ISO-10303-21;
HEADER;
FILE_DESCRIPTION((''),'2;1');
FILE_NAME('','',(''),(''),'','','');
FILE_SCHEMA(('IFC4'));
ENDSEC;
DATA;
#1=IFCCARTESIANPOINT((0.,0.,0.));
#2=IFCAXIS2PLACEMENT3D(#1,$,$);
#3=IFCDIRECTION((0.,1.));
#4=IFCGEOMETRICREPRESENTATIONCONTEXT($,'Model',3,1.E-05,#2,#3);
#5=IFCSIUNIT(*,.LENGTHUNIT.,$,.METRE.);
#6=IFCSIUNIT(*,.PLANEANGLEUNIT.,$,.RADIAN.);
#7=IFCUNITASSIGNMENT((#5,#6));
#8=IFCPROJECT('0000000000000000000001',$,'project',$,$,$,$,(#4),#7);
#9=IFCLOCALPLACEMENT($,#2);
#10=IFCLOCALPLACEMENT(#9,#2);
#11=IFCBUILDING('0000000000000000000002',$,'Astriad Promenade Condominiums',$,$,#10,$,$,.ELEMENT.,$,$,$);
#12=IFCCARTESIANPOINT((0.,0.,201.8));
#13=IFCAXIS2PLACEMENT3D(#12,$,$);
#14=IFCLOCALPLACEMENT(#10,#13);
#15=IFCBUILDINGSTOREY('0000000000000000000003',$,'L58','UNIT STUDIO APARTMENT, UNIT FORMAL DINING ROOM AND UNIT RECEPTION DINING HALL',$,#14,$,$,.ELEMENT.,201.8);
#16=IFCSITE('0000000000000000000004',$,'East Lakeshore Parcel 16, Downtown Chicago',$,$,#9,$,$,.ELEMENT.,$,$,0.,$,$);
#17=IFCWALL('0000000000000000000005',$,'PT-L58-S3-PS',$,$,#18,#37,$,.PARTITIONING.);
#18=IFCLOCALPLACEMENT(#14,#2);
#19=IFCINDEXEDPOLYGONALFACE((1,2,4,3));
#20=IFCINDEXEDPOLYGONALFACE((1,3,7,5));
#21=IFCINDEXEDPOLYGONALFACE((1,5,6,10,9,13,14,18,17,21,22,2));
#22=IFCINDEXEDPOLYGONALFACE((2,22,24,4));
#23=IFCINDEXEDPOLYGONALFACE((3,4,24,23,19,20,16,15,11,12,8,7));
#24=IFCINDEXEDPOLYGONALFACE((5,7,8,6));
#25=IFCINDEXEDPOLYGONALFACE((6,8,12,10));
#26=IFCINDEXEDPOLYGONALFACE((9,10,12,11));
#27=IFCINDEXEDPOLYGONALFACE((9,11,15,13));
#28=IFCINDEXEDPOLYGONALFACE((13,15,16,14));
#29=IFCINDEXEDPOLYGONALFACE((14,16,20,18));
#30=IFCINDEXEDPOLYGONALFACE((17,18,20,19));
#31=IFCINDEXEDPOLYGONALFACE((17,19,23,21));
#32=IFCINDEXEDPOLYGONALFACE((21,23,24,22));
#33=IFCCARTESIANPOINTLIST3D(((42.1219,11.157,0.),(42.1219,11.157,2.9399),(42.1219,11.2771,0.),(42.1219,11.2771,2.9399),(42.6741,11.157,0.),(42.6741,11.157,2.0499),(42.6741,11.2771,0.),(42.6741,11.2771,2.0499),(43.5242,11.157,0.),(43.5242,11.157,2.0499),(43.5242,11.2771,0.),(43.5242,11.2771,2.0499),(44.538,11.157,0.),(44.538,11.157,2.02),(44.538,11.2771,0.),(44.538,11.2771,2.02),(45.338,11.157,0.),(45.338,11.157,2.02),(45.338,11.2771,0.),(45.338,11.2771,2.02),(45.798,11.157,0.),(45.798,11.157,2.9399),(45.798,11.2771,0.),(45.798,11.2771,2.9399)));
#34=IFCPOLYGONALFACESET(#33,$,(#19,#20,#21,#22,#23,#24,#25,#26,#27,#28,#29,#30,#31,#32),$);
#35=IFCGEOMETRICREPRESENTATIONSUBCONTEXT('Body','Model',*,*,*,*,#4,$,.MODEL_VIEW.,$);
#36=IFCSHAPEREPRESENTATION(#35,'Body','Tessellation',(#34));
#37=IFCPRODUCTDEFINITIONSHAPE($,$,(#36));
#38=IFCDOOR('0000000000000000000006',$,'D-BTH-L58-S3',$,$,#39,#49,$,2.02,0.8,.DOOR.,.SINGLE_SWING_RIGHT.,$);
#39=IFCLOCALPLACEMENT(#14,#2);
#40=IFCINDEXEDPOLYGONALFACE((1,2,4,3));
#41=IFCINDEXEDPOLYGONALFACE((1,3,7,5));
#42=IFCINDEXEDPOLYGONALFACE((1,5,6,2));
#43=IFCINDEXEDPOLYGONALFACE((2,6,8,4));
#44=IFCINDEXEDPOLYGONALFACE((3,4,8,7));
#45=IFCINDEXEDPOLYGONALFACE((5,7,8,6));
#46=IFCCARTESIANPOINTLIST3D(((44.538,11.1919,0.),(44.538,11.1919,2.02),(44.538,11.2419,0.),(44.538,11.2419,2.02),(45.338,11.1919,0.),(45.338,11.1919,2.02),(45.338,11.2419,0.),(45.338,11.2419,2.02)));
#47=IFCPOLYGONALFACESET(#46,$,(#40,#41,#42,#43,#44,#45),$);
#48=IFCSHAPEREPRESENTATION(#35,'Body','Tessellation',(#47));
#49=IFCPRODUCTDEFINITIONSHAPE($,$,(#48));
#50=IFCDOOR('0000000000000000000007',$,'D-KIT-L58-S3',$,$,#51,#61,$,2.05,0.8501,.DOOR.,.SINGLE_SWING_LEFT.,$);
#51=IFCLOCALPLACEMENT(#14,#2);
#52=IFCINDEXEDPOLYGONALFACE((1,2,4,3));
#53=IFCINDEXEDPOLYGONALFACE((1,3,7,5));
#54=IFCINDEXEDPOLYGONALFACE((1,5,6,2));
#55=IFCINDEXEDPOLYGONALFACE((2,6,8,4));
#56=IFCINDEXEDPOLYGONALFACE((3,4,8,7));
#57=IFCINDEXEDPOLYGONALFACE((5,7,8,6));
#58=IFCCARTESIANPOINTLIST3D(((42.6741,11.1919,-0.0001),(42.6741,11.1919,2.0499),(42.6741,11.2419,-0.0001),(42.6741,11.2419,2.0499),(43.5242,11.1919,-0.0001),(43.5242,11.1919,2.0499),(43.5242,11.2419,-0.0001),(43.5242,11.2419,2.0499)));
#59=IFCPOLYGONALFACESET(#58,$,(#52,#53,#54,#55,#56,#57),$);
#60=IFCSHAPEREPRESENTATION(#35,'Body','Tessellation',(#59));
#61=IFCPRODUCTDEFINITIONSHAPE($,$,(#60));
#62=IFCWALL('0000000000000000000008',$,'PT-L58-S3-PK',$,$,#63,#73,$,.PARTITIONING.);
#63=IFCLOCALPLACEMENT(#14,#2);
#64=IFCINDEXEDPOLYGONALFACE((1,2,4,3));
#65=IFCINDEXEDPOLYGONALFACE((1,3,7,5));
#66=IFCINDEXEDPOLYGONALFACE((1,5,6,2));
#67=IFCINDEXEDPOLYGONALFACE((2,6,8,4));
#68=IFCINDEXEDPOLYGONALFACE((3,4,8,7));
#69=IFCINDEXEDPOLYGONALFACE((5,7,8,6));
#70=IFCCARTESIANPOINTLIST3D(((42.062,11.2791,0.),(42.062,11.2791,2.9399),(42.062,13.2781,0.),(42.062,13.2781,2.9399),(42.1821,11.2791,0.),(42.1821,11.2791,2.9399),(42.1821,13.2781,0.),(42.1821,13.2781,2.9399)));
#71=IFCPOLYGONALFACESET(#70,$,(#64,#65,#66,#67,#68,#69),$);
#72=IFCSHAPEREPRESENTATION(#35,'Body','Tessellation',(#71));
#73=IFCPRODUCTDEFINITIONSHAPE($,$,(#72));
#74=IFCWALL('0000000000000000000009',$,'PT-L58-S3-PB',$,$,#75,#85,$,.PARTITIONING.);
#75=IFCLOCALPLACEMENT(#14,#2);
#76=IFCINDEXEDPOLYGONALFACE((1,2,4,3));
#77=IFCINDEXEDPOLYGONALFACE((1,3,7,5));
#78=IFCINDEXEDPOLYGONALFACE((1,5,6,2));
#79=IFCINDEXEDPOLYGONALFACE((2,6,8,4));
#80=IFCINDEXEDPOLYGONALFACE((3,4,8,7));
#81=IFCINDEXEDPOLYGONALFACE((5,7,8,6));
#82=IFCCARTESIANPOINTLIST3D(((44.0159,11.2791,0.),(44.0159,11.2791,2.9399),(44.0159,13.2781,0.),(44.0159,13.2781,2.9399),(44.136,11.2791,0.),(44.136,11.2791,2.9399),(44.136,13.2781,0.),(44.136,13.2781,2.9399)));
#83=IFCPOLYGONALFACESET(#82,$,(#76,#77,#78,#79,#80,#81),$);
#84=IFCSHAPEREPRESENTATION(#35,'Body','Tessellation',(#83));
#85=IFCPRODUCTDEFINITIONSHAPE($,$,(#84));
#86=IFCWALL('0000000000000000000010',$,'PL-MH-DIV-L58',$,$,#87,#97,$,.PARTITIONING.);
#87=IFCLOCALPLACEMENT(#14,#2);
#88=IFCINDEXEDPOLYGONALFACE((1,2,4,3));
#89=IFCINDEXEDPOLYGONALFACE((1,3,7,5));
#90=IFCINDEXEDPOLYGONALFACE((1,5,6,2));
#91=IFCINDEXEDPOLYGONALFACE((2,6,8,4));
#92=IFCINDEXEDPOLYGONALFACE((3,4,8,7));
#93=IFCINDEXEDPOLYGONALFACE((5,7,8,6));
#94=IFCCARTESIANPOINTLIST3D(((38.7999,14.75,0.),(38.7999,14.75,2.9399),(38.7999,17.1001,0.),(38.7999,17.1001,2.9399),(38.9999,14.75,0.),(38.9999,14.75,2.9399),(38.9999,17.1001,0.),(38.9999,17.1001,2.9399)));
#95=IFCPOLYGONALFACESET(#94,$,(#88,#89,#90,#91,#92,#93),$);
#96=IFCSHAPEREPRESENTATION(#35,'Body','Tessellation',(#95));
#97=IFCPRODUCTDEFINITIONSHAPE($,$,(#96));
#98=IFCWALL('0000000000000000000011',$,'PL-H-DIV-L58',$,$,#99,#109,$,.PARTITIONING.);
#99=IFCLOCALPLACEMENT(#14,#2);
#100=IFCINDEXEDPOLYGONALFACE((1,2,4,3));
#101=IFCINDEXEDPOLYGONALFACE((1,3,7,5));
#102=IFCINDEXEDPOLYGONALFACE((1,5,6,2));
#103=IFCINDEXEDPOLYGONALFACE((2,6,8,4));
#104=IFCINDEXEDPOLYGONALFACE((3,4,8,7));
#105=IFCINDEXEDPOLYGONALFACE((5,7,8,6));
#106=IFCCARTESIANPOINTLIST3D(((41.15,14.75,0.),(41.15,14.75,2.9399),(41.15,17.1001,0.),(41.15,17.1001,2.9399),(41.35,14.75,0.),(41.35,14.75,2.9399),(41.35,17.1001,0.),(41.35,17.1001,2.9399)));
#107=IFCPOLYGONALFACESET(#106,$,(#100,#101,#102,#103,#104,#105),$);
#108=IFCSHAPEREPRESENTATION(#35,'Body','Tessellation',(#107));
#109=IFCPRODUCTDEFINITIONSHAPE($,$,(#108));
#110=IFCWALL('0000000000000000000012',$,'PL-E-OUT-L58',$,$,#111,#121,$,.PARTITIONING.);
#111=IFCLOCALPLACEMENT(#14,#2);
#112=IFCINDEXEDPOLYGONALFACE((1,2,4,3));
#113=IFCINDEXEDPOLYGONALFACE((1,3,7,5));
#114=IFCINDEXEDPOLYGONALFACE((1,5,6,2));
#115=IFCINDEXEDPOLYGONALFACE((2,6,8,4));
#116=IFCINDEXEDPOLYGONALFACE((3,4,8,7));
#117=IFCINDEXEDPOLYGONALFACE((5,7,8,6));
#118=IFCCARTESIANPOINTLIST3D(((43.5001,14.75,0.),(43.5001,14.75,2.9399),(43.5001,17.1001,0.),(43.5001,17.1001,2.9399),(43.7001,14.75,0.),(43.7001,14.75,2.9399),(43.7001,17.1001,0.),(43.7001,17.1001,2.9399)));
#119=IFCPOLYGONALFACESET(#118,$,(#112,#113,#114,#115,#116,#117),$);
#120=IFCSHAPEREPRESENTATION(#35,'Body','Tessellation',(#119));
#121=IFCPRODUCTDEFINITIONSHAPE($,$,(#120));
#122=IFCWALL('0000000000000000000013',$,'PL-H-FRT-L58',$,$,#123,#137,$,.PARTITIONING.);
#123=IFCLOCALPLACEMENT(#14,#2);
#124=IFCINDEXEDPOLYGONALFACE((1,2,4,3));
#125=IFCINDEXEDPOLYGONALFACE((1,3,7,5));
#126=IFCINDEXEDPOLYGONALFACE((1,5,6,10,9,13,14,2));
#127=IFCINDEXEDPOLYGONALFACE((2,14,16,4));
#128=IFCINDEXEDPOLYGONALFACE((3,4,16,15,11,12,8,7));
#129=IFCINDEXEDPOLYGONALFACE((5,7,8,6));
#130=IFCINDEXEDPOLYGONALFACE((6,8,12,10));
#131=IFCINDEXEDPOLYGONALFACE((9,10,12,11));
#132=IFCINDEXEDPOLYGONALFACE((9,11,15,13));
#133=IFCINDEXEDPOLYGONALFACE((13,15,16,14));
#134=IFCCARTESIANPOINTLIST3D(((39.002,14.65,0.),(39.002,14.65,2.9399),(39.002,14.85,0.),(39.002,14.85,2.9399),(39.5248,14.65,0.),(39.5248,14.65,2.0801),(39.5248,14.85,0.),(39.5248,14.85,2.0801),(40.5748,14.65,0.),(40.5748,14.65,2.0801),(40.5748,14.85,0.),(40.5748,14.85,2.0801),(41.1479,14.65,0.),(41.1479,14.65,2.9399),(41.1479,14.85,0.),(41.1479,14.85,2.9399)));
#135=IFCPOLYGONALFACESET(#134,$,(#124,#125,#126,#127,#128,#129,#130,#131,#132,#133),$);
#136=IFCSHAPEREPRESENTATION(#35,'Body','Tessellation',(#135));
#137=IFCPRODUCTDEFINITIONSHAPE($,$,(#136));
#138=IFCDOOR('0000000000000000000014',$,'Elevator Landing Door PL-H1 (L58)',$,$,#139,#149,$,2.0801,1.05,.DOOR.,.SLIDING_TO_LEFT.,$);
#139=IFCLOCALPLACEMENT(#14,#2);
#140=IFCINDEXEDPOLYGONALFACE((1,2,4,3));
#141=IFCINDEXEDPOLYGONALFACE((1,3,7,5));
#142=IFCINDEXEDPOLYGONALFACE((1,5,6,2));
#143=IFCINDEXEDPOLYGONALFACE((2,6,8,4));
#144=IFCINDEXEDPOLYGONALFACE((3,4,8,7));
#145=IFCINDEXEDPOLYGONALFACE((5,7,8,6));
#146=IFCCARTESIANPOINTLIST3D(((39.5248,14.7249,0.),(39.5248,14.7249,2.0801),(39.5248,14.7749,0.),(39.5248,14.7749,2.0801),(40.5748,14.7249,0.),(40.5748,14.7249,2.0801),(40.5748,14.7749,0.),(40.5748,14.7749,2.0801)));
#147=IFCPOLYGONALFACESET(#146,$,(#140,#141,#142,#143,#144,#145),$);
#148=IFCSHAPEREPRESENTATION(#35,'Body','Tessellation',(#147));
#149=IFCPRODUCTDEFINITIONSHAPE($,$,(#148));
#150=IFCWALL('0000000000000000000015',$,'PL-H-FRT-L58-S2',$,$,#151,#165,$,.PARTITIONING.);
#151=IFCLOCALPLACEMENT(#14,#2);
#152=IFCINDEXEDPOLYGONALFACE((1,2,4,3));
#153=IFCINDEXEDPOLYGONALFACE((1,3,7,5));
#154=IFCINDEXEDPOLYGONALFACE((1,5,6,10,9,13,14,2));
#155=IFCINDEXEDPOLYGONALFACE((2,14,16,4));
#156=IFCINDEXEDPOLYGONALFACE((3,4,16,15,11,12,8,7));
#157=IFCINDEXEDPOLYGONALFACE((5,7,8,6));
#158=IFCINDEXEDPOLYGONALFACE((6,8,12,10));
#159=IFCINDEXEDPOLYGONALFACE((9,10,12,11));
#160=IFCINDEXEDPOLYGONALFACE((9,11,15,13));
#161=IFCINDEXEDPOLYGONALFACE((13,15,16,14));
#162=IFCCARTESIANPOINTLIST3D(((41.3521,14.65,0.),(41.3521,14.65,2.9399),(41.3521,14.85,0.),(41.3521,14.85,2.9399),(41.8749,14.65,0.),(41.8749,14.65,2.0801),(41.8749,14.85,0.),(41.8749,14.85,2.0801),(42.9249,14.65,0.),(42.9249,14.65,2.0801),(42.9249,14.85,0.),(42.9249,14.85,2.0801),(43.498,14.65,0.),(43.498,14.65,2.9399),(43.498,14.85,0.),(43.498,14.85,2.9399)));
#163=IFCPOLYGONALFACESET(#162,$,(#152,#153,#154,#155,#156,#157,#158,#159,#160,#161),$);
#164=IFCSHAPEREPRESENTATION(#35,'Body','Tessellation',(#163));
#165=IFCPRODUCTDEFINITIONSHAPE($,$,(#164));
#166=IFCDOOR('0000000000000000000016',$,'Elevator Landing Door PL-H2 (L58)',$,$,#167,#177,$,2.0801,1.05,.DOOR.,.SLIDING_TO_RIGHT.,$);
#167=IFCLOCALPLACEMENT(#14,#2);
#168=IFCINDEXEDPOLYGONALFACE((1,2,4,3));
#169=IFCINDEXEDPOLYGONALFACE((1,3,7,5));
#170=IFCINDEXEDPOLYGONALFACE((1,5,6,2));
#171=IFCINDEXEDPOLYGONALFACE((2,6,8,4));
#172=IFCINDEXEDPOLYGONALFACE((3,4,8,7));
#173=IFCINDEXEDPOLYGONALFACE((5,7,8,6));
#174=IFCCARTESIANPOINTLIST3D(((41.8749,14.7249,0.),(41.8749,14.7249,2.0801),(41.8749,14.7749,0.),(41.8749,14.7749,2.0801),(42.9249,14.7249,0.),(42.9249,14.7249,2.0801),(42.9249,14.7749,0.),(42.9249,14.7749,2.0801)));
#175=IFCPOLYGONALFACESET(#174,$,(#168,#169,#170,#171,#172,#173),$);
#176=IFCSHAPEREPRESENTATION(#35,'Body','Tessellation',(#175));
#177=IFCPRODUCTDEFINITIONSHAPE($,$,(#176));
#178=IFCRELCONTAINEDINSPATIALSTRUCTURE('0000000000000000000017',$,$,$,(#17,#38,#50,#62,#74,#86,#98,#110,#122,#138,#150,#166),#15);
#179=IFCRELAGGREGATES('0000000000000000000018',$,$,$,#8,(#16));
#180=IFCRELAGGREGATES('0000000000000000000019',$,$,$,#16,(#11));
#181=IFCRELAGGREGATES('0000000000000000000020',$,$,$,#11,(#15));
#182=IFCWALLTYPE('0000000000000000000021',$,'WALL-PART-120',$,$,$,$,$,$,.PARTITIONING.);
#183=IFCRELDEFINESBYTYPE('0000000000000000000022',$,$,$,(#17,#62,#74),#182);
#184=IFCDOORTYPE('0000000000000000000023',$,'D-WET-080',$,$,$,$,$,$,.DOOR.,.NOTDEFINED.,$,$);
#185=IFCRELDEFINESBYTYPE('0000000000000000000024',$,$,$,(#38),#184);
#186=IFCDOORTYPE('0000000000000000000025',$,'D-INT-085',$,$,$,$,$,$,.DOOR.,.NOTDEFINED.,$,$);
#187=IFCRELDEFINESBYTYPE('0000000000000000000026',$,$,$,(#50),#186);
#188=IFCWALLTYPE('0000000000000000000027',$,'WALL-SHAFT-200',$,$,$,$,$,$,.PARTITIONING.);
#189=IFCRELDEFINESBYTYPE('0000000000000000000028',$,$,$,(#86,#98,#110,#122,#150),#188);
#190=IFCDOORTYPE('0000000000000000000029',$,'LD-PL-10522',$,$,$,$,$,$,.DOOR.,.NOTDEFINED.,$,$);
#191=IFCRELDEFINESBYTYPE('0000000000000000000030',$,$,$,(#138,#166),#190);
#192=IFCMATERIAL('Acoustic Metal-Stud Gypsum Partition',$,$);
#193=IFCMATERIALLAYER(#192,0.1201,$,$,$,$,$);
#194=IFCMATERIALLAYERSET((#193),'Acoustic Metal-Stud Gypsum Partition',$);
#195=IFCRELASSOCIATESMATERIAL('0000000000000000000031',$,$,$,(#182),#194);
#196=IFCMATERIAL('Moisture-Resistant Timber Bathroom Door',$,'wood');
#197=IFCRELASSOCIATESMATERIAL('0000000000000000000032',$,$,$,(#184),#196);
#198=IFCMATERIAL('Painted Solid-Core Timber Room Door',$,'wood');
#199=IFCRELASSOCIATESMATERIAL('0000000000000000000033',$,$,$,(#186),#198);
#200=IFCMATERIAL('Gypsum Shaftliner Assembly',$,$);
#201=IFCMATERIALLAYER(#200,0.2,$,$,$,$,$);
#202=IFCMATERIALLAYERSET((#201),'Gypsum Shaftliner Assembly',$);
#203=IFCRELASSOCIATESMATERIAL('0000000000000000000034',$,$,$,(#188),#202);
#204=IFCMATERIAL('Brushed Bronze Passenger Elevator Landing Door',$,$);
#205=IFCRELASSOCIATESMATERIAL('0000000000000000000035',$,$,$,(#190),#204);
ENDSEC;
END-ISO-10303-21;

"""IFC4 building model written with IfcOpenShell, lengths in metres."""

from ifc_helpers import new_model, si_unit, direction, frame, frame_2d, origin, place, context, subcontext, project, spatial, rectangle, extrude, source, transform, mapped, material, layer, layer_set, type_object, type_shapes, element, fill, save


model = new_model("IFC4")

# Units and contexts
model_context = context("Model", 3, precision=1e-05, world=origin(), true_north=direction((0.0, 1.0)))
body_context = subcontext(model_context, "Body", "Model", "MODEL_VIEW")
ifc_project = project(units=[si_unit("LENGTHUNIT", "METRE"), si_unit("PLANEANGLEUNIT", "RADIAN")], contexts=[model_context])

# Site, building, storey
site_placement = place(None, origin())
site = spatial("IfcSite", under=ifc_project, at=site_placement, Name="East Lakeshore Parcel 16, Downtown Chicago", CompositionType="ELEMENT", RefElevation=0.0)
building_placement = place(site_placement, origin())
building = spatial("IfcBuilding", under=site, at=building_placement, Name="Astriad Promenade Condominiums", CompositionType="ELEMENT")
storey_placement = place(building_placement, frame((0.0, 0.0, 201.8)))
storey = spatial("IfcBuildingStorey", under=building, at=storey_placement, Name="L58", Description="UNIT STUDIO APARTMENT, UNIT FORMAL DINING ROOM AND UNIT RECEPTION DINING HALL", CompositionType="ELEMENT", Elevation=201.8)

# Shared definitions
ifc_material_1 = material(Name="Acoustic Metal-Stud Gypsum Partition")
ifc_layer_1 = layer(ifc_material_1, 0.1201)
ifc_layer_set_1 = layer_set([ifc_layer_1], Name="Acoustic Metal-Stud Gypsum Partition")
wall_type_1 = type_object("IfcWallType", Name="WALL-PART-120", PredefinedType="PARTITIONING", material=ifc_layer_set_1)

# Wall, openings, doors
wall_1_placement = place(storey_placement, frame((42.1221, 11.217, 0.0), z_axis=(0.0, 0.0, 1.0), x_axis=(1.0, 0.0, 0.0)))
wall_1 = element("IfcWall", 1, at=wall_1_placement, inside=storey, type_object=wall_type_1, Name="PT-L58-S3-PS", PredefinedType="PARTITIONING", context=body_context, shape_type="SweptSolid", body=[
    extrude(rectangle(XDim=3.676, YDim=0.1201, at=frame_2d((1.8379, 0.0))), origin(), (0.0, 0.0, 1.0), 2.9399),
])
opening_1_placement = place(wall_1_placement, frame((0.552, 0.0, 0.0)))
opening_1 = element("IfcOpeningElement", 2, at=opening_1_placement, cuts=wall_1, PredefinedType="OPENING", context=body_context, shape_type="SweptSolid", body=[
    extrude(rectangle(XDim=0.8501, YDim=2.05, at=frame_2d((0.425, 1.0249))), frame((0.0, 0.0701, 0.0), z_axis=(0.0, -1.0, 0.0), x_axis=(1.0, 0.0, 0.0)), (0.0, 0.0, 1.0), 0.1401),
])
opening_2_placement = place(wall_1_placement, frame((2.416, 0.0, 0.0)))
opening_2 = element("IfcOpeningElement", 3, at=opening_2_placement, cuts=wall_1, PredefinedType="OPENING", context=body_context, shape_type="SweptSolid", body=[
    extrude(rectangle(XDim=0.8, YDim=2.02, at=frame_2d((0.3999, 1.01))), frame((0.0, 0.0701, 0.0), z_axis=(0.0, -1.0, 0.0), x_axis=(1.0, 0.0, 0.0)), (0.0, 0.0, 1.0), 0.1401),
])
ifc_material_2 = material(Name="Moisture-Resistant Timber Bathroom Door", Category="wood")
door_type_1 = type_object("IfcDoorType", Name="D-WET-080", OperationType="NOTDEFINED", PredefinedType="DOOR", material=ifc_material_2)
shared_shape_1 = source(origin(), body_context, "Body", "SweptSolid", [
    extrude(rectangle(XDim=0.8, YDim=2.02, at=frame_2d((0.3999, 1.01))), frame((0.0, 0.0249, 0.0), z_axis=(0.0, -1.0, 0.0), x_axis=(1.0, 0.0, 0.0)), (0.0, 0.0, 1.0), 0.05),
])
type_shapes(door_type_1, [shared_shape_1])
door_1_placement = place(opening_2_placement, origin())
door_1 = element("IfcDoor", 4, at=door_1_placement, inside=storey, type_object=door_type_1, Name="D-BTH-L58-S3", OperationType="SINGLE_SWING_RIGHT", OverallHeight=2.02, OverallWidth=0.8, PredefinedType="DOOR", context=body_context, shape_type="MappedRepresentation", body=[
    mapped(shared_shape_1, transform((0.0, 0.0, 0.0), scale=1.0)),
])
fill(opening_2, door_1)
ifc_material_3 = material(Name="Painted Solid-Core Timber Room Door", Category="wood")
door_type_2 = type_object("IfcDoorType", Name="D-INT-085", OperationType="NOTDEFINED", PredefinedType="DOOR", material=ifc_material_3)
shared_shape_2 = source(origin(), body_context, "Body", "SweptSolid", [
    extrude(rectangle(XDim=0.8501, YDim=2.05, at=frame_2d((0.425, 1.0249))), frame((0.0, 0.0249, 0.0), z_axis=(0.0, -1.0, 0.0), x_axis=(1.0, 0.0, 0.0)), (0.0, 0.0, 1.0), 0.05),
])
type_shapes(door_type_2, [shared_shape_2])
door_2_placement = place(opening_1_placement, origin())
door_2 = element("IfcDoor", 5, at=door_2_placement, inside=storey, type_object=door_type_2, Name="D-KIT-L58-S3", OperationType="SINGLE_SWING_LEFT", OverallHeight=2.05, OverallWidth=0.8501, PredefinedType="DOOR", context=body_context, shape_type="MappedRepresentation", body=[
    mapped(shared_shape_2, transform((0.0, 0.0, 0.0), scale=1.0)),
])
fill(opening_1, door_2)

# Walls
for number, where, z_axis, x_axis, name in (
    (6, (42.1221, 11.2791, 0.0), (0.0, 0.0, 1.0), (0.0, 1.0, 0.0), "PT-L58-S3-PK"),
    (7, (44.0759, 11.2791, 0.0), (0.0, 0.0, 1.0), (0.0, 1.0, 0.0), "PT-L58-S3-PB"),
):
    element("IfcWall", number, at=place(storey_placement, frame(where, z_axis=z_axis, x_axis=x_axis)), inside=storey, type_object=wall_type_1, Name=name, PredefinedType="PARTITIONING", context=body_context, shape_type="SweptSolid", body=[
        extrude(rectangle(XDim=1.999, YDim=0.1201, at=frame_2d((0.9995, 0.0))), origin(), (0.0, 0.0, 1.0), 2.9399),
    ])
ifc_material_4 = material(Name="Gypsum Shaftliner Assembly")
ifc_layer_2 = layer(ifc_material_4, 0.2)
ifc_layer_set_2 = layer_set([ifc_layer_2], Name="Gypsum Shaftliner Assembly")
wall_type_2 = type_object("IfcWallType", Name="WALL-SHAFT-200", PredefinedType="PARTITIONING", material=ifc_layer_set_2)
for number, where, z_axis, x_axis, name in (
    (8, (38.8999, 14.75, 0.0), (0.0, 0.0, 1.0), (0.0, 1.0, 0.0), "PL-MH-DIV-L58"),
    (9, (41.25, 14.75, 0.0), (0.0, 0.0, 1.0), (0.0, 1.0, 0.0), "PL-H-DIV-L58"),
    (10, (43.6001, 14.75, 0.0), (0.0, 0.0, 1.0), (0.0, 1.0, 0.0), "PL-E-OUT-L58"),
):
    element("IfcWall", number, at=place(storey_placement, frame(where, z_axis=z_axis, x_axis=x_axis)), inside=storey, type_object=wall_type_2, Name=name, PredefinedType="PARTITIONING", context=body_context, shape_type="SweptSolid", body=[
        extrude(rectangle(XDim=2.3501, YDim=0.2, at=frame_2d((1.175, 0.0))), origin(), (0.0, 0.0, 1.0), 2.9399),
    ])

# Walls, openings, doors
wall_2_placement = place(storey_placement, frame((39.002, 14.75, 0.0), z_axis=(0.0, 0.0, 1.0), x_axis=(1.0, 0.0, 0.0)))
wall_2 = element("IfcWall", 11, at=wall_2_placement, inside=storey, type_object=wall_type_2, Name="PL-H-FRT-L58", PredefinedType="PARTITIONING", context=body_context, shape_type="SweptSolid", body=[
    extrude(rectangle(XDim=2.146, YDim=0.2, at=frame_2d((1.073, 0.0))), origin(), (0.0, 0.0, 1.0), 2.9399),
])
opening_3_placement = place(wall_2_placement, frame((0.5229, 0.0, 0.0)))
opening_3 = element("IfcOpeningElement", 12, at=opening_3_placement, cuts=wall_2, PredefinedType="OPENING", context=body_context, shape_type="SweptSolid", body=[
    extrude(rectangle(XDim=1.05, YDim=2.0801, at=frame_2d((0.5249, 1.04))), frame((0.0, 0.1099, 0.0), z_axis=(0.0, -1.0, 0.0), x_axis=(1.0, 0.0, 0.0)), (0.0, 0.0, 1.0), 0.22),
])
ifc_material_5 = material(Name="Brushed Bronze Passenger Elevator Landing Door")
door_type_3 = type_object("IfcDoorType", Name="LD-PL-10522", OperationType="NOTDEFINED", PredefinedType="DOOR", material=ifc_material_5)
shared_shape_3 = source(origin(), body_context, "Body", "SweptSolid", [
    extrude(rectangle(XDim=1.05, YDim=2.0801, at=frame_2d((0.5249, 1.04))), frame((0.0, 0.0249, 0.0), z_axis=(0.0, -1.0, 0.0), x_axis=(1.0, 0.0, 0.0)), (0.0, 0.0, 1.0), 0.05),
])
type_shapes(door_type_3, [shared_shape_3])
door_3_placement = place(opening_3_placement, origin())
door_3 = element("IfcDoor", 13, at=door_3_placement, inside=storey, type_object=door_type_3, Name="Elevator Landing Door PL-H1 (L58)", OperationType="SLIDING_TO_LEFT", OverallHeight=2.0801, OverallWidth=1.05, PredefinedType="DOOR", context=body_context, shape_type="MappedRepresentation", body=[
    mapped(shared_shape_3, transform((0.0, 0.0, 0.0), scale=1.0)),
])
fill(opening_3, door_3)
wall_3_placement = place(storey_placement, frame((41.3521, 14.75, 0.0), z_axis=(0.0, 0.0, 1.0), x_axis=(1.0, 0.0, 0.0)))
wall_3 = element("IfcWall", 14, at=wall_3_placement, inside=storey, type_object=wall_type_2, Name="PL-H-FRT-L58-S2", PredefinedType="PARTITIONING", context=body_context, shape_type="SweptSolid", body=[
    extrude(rectangle(XDim=2.146, YDim=0.2, at=frame_2d((1.073, 0.0))), origin(), (0.0, 0.0, 1.0), 2.9399),
])
opening_4_placement = place(wall_3_placement, frame((0.5229, 0.0, 0.0)))
opening_4 = element("IfcOpeningElement", 15, at=opening_4_placement, cuts=wall_3, PredefinedType="OPENING", context=body_context, shape_type="SweptSolid", body=[
    extrude(rectangle(XDim=1.05, YDim=2.0801, at=frame_2d((0.5249, 1.04))), frame((0.0, 0.1099, 0.0), z_axis=(0.0, -1.0, 0.0), x_axis=(1.0, 0.0, 0.0)), (0.0, 0.0, 1.0), 0.22),
])
door_4_placement = place(opening_4_placement, origin())
door_4 = element("IfcDoor", 16, at=door_4_placement, inside=storey, type_object=door_type_3, Name="Elevator Landing Door PL-H2 (L58)", OperationType="SLIDING_TO_RIGHT", OverallHeight=2.0801, OverallWidth=1.05, PredefinedType="DOOR", context=body_context, shape_type="MappedRepresentation", body=[
    mapped(shared_shape_3, transform((0.0, 0.0, 0.0), scale=1.0)),
])
fill(opening_4, door_4)

save(model, "model.ifc")
